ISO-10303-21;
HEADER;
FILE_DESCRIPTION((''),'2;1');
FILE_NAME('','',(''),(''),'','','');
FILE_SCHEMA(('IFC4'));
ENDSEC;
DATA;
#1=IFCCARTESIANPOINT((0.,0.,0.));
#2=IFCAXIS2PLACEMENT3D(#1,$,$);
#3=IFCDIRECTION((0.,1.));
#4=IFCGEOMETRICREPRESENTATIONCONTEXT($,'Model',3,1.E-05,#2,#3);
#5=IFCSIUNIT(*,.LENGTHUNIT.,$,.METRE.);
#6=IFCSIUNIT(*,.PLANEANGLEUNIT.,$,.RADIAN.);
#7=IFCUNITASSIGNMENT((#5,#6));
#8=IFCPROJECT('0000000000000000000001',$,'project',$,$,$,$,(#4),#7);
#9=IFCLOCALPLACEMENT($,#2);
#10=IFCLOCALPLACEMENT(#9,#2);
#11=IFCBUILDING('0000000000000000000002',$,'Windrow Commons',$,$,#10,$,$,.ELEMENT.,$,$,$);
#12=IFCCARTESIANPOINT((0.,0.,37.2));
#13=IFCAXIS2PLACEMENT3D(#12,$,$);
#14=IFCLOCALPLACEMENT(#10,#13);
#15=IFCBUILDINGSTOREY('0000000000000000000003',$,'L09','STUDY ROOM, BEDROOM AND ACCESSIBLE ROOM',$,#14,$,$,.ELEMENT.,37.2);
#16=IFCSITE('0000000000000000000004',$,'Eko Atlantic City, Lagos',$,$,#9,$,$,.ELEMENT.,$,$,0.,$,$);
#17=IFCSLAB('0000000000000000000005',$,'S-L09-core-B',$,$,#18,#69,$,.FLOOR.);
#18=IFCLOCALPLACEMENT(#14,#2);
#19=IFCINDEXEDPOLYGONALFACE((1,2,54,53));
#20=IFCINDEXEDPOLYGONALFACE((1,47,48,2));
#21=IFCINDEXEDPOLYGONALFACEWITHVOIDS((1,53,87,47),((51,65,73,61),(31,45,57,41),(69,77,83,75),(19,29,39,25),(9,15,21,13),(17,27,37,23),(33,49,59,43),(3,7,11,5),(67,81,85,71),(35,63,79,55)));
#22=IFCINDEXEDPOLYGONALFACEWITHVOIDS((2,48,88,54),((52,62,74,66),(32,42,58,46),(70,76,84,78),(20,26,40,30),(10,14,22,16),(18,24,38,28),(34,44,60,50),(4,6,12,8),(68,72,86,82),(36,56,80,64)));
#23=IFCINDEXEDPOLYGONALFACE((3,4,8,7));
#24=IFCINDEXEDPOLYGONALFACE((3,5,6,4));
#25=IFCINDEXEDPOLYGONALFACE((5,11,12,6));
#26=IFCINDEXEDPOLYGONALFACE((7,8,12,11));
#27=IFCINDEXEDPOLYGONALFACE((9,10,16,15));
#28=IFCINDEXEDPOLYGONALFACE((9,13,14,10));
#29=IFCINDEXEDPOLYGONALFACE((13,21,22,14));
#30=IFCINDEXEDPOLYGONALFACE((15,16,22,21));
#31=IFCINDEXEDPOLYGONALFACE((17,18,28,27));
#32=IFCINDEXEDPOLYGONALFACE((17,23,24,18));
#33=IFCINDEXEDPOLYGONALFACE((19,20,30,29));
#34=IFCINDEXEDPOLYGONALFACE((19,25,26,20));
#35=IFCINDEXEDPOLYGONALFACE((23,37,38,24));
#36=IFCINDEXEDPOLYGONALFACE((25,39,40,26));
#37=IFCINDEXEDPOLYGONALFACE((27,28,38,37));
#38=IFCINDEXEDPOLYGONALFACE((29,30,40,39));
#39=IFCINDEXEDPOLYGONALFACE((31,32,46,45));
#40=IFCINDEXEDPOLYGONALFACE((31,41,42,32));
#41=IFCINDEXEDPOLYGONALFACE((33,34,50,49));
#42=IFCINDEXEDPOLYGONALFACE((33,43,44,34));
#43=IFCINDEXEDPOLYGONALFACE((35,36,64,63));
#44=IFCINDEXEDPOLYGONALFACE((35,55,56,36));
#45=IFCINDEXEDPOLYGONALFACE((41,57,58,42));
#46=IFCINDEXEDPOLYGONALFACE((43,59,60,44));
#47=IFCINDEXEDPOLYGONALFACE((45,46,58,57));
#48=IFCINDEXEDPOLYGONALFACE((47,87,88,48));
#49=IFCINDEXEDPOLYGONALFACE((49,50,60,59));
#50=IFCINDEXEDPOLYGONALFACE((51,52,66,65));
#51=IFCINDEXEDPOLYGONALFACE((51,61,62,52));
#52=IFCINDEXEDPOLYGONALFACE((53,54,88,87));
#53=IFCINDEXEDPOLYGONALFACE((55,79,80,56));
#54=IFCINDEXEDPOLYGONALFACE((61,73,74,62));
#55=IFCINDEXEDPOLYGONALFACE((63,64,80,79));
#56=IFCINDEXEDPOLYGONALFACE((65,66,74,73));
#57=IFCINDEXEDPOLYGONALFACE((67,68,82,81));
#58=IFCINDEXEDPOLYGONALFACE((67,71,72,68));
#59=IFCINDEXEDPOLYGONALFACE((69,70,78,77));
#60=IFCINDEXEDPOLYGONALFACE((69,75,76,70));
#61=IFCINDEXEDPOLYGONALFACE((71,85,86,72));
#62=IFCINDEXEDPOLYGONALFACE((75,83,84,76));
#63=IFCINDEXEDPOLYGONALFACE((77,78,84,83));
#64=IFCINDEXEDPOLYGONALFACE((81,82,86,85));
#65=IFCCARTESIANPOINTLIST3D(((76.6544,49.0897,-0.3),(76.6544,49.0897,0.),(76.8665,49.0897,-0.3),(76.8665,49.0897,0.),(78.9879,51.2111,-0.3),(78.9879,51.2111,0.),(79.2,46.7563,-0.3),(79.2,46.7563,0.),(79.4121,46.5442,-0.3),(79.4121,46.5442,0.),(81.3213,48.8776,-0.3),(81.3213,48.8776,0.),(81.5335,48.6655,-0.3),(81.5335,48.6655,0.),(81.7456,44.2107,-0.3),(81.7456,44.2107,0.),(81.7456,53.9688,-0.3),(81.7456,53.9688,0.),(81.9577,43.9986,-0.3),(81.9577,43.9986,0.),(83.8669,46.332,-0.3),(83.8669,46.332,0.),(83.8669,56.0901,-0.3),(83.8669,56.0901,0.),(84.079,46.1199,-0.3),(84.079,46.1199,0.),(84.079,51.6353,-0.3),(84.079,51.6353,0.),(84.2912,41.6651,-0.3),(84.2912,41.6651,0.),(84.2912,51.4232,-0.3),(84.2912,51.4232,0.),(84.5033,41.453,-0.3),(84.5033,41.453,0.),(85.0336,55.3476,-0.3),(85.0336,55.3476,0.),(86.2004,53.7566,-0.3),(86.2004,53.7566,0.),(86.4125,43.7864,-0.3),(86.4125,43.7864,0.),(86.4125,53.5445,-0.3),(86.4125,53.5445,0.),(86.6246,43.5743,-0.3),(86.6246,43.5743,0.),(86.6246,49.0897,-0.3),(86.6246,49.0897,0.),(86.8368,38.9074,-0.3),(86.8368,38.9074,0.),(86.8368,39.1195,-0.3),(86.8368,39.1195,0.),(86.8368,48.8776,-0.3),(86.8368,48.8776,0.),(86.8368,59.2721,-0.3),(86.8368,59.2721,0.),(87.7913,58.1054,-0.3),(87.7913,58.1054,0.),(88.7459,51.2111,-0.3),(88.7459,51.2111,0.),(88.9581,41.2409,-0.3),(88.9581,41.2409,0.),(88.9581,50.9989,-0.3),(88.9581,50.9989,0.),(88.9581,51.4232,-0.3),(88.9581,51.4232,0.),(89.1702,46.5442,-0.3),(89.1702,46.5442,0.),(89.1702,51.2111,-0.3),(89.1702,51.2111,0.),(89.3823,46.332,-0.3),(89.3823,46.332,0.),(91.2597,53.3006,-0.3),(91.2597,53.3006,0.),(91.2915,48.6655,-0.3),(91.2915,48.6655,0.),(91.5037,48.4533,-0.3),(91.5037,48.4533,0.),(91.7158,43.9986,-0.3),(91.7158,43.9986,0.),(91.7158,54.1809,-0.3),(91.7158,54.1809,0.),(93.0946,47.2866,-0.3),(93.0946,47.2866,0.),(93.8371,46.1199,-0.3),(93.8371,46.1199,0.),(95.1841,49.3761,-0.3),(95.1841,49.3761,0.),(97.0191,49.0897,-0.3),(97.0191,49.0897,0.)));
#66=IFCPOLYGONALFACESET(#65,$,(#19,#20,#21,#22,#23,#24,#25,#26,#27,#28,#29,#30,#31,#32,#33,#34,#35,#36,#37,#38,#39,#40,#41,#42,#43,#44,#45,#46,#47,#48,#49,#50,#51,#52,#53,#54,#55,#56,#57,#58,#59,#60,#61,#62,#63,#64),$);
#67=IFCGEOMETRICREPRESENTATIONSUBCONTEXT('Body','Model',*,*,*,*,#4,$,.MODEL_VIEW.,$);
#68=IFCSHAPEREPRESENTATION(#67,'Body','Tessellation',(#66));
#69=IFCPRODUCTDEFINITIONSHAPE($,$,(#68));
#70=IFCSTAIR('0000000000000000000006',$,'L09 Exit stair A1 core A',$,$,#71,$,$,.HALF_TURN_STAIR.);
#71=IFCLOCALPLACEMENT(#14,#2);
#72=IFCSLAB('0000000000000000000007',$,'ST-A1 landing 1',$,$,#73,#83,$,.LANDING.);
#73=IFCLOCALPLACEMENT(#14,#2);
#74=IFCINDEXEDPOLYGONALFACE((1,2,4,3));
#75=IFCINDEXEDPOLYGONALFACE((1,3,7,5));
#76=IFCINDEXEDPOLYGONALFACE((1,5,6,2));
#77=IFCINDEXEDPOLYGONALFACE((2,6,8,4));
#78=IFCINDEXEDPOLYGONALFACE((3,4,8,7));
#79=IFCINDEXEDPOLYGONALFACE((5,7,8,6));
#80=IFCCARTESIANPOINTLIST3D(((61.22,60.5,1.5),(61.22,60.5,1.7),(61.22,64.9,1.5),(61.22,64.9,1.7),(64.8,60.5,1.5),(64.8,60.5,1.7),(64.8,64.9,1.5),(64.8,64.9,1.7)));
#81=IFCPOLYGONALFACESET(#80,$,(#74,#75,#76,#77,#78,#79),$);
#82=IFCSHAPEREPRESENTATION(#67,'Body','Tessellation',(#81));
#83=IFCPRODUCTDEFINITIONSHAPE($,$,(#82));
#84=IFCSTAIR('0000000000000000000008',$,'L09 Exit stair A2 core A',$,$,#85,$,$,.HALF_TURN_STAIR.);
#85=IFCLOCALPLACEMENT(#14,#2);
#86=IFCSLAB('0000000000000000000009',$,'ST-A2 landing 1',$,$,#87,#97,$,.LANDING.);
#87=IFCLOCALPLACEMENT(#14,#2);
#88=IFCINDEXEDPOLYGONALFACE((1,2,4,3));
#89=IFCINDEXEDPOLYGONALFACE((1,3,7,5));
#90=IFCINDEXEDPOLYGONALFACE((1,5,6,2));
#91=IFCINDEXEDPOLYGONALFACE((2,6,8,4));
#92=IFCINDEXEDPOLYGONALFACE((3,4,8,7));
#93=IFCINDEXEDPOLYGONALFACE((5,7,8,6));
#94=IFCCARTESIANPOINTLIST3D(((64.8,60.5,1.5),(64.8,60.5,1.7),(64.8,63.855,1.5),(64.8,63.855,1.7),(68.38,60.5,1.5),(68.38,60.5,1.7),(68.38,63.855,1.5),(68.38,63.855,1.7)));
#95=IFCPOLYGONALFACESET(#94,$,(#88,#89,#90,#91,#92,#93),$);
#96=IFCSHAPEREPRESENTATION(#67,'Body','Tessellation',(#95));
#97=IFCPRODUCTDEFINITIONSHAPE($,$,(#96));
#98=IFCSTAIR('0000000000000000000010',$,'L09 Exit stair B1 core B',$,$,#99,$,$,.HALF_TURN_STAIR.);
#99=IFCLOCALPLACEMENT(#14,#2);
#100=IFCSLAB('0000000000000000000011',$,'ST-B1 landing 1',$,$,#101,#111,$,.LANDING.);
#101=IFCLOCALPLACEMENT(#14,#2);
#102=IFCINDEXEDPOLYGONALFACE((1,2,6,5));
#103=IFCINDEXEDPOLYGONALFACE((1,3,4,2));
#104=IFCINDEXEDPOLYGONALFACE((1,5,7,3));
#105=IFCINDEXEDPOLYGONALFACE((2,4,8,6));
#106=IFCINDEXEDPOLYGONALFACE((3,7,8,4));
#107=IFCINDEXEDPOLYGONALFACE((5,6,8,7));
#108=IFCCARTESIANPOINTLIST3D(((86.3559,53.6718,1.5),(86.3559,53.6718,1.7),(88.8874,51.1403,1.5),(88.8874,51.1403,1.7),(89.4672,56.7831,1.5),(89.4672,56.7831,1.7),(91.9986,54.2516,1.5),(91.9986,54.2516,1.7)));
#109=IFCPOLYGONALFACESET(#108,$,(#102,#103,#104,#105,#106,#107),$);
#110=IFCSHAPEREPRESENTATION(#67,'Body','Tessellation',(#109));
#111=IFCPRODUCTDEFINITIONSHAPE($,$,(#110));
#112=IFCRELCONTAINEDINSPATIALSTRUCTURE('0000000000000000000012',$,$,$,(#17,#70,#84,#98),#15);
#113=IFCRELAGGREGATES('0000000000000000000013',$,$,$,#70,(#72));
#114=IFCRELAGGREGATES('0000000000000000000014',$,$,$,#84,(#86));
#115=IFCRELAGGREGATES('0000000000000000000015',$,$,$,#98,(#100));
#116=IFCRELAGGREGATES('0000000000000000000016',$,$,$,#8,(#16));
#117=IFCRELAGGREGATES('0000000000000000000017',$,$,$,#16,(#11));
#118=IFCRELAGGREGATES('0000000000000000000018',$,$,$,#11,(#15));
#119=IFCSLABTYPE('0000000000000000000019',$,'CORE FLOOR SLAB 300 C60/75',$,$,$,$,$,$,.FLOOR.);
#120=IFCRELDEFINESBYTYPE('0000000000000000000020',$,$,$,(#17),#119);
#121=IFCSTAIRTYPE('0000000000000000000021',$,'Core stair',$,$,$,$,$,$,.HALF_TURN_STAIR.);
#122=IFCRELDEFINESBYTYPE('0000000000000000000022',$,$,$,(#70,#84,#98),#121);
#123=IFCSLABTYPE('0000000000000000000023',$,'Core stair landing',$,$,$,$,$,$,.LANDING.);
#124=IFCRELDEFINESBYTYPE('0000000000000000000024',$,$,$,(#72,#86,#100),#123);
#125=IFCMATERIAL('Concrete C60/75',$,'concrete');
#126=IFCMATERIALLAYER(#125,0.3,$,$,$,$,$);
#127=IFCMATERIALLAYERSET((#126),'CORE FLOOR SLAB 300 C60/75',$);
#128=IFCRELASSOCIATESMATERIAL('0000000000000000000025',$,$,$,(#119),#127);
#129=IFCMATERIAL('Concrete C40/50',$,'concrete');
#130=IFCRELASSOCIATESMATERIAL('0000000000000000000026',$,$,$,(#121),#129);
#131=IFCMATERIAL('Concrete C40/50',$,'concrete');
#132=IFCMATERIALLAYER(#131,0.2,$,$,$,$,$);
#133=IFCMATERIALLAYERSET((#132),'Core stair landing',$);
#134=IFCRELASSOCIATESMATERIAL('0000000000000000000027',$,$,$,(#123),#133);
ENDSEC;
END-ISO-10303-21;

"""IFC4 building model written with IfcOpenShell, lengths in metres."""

from ifc_helpers import new_model, si_unit, direction, frame, origin, place, context, subcontext, project, spatial, polyline, outline, extrude, material, layer, layer_set, type_object, element, aggregate, save


model = new_model("IFC4")

# Units and contexts
model_context = context("Model", 3, precision=1e-05, world=origin(), true_north=direction((0.0, 1.0)))
body_context = subcontext(model_context, "Body", "Model", "MODEL_VIEW")
ifc_project = project(units=[si_unit("LENGTHUNIT", "METRE"), si_unit("PLANEANGLEUNIT", "RADIAN")], contexts=[model_context])

# Site, building, storey
site_placement = place(None, origin())
site = spatial("IfcSite", under=ifc_project, at=site_placement, Name="Eko Atlantic City, Lagos", CompositionType="ELEMENT", RefElevation=0.0)
building_placement = place(site_placement, origin())
building = spatial("IfcBuilding", under=site, at=building_placement, Name="Windrow Commons", CompositionType="ELEMENT")
storey_placement = place(building_placement, frame((0.0, 0.0, 37.2)))
storey = spatial("IfcBuildingStorey", under=building, at=storey_placement, Name="L09", Description="STUDY ROOM, BEDROOM AND ACCESSIBLE ROOM", CompositionType="ELEMENT", Elevation=37.2)

# Slab, openings
ifc_material_1 = material(Name="Concrete C60/75", Category="concrete")
ifc_layer_1 = layer(ifc_material_1, 0.3)
ifc_layer_set_1 = layer_set([ifc_layer_1], Name="CORE FLOOR SLAB 300 C60/75")
slab_type_1 = type_object("IfcSlabType", Name="CORE FLOOR SLAB 300 C60/75", PredefinedType="FLOOR", material=ifc_layer_set_1)
placement_1 = place(storey_placement, frame((0.0, 0.0, -0.3)))
slab_1 = element("IfcSlab", 1, at=placement_1, inside=storey, type_object=slab_type_1, Name="S-L09-core-B", PredefinedType="FLOOR", context=body_context, shape_type="SweptSolid", body=[
    extrude(outline(polyline([(76.6544, 49.0897), (86.8368, 38.9074), (97.0191, 49.0897), (86.8368, 59.2721), (76.6544, 49.0897)]), holes=[polyline([(76.8665, 49.0897), (79.2, 46.7563), (81.3213, 48.8776), (78.9879, 51.2111), (76.8665, 49.0897)]), polyline([(79.4121, 46.5442), (81.7456, 44.2107), (83.8669, 46.332), (81.5335, 48.6655), (79.4121, 46.5442)]), polyline([(81.9577, 43.9986), (84.2912, 41.6651), (86.4125, 43.7864), (84.079, 46.1199), (81.9577, 43.9986)]), polyline([(84.5033, 41.453), (86.8368, 39.1195), (88.9581, 41.2409), (86.6246, 43.5743), (84.5033, 41.453)]), polyline([(81.7456, 53.9688), (84.079, 51.6353), (86.2004, 53.7566), (83.8669, 56.0901), (81.7456, 53.9688)]), polyline([(84.2912, 51.4232), (86.6246, 49.0897), (88.7459, 51.2111), (86.4125, 53.5445), (84.2912, 51.4232)]), polyline([(86.8368, 48.8776), (89.1702, 46.5442), (91.2915, 48.6655), (88.9581, 50.9989), (86.8368, 48.8776)]), polyline([(89.3823, 46.332), (91.7158, 43.9986), (93.8371, 46.1199), (91.5037, 48.4533), (89.3823, 46.332)]), polyline([(85.0336, 55.3476), (88.9581, 51.4232), (91.7158, 54.1809), (87.7913, 58.1054), (85.0336, 55.3476)]), polyline([(89.1702, 51.2111), (93.0946, 47.2866), (95.1841, 49.3761), (91.2597, 53.3006), (89.1702, 51.2111)])]), origin(), (0.0, 0.0, 1.0), 0.3),
])
opening_1_placement = place(placement_1, origin())
element("IfcOpeningElement", 2, at=opening_1_placement, cuts=slab_1, PredefinedType="OPENING", context=body_context, shape_type="SweptSolid", body=[
    extrude(outline(polyline([(76.8736, 49.0897), (78.9879, 51.204), (81.3142, 48.8776), (79.2, 46.7634), (76.8736, 49.0897)])), origin(), (0.0, 0.0, 1.0), 0.3),
])
opening_2_placement = place(placement_1, origin())
element("IfcOpeningElement", 3, at=opening_2_placement, cuts=slab_1, PredefinedType="OPENING", context=body_context, shape_type="SweptSolid", body=[
    extrude(outline(polyline([(79.4192, 46.5442), (81.5335, 48.6584), (83.8598, 46.332), (81.7456, 44.2178), (79.4192, 46.5442)])), origin(), (0.0, 0.0, 1.0), 0.3),
])
opening_3_placement = place(placement_1, origin())
element("IfcOpeningElement", 4, at=opening_3_placement, cuts=slab_1, PredefinedType="OPENING", context=body_context, shape_type="SweptSolid", body=[
    extrude(outline(polyline([(81.9648, 43.9986), (84.079, 46.1128), (86.4054, 43.7864), (84.2912, 41.6722), (81.9648, 43.9986)])), origin(), (0.0, 0.0, 1.0), 0.3),
])
opening_4_placement = place(placement_1, origin())
element("IfcOpeningElement", 5, at=opening_4_placement, cuts=slab_1, PredefinedType="OPENING", context=body_context, shape_type="SweptSolid", body=[
    extrude(outline(polyline([(84.5104, 41.453), (86.6246, 43.5672), (88.951, 41.2409), (86.8368, 39.1266), (84.5104, 41.453)])), origin(), (0.0, 0.0, 1.0), 0.3),
])
opening_5_placement = place(placement_1, origin())
element("IfcOpeningElement", 6, at=opening_5_placement, cuts=slab_1, PredefinedType="OPENING", context=body_context, shape_type="SweptSolid", body=[
    extrude(outline(polyline([(81.7527, 53.9688), (83.8669, 56.083), (86.1933, 53.7566), (84.079, 51.6424), (81.7527, 53.9688)])), origin(), (0.0, 0.0, 1.0), 0.3),
])
opening_6_placement = place(placement_1, origin())
element("IfcOpeningElement", 7, at=opening_6_placement, cuts=slab_1, PredefinedType="OPENING", context=body_context, shape_type="SweptSolid", body=[
    extrude(outline(polyline([(84.2983, 51.4232), (86.4125, 53.5374), (88.7388, 51.2111), (86.6246, 49.0968), (84.2983, 51.4232)])), origin(), (0.0, 0.0, 1.0), 0.3),
])
opening_7_placement = place(placement_1, origin())
element("IfcOpeningElement", 8, at=opening_7_placement, cuts=slab_1, PredefinedType="OPENING", context=body_context, shape_type="SweptSolid", body=[
    extrude(outline(polyline([(86.8439, 48.8776), (88.9581, 50.9918), (91.2844, 48.6655), (89.1702, 46.5513), (86.8439, 48.8776)])), origin(), (0.0, 0.0, 1.0), 0.3),
])
opening_8_placement = place(placement_1, origin())
element("IfcOpeningElement", 9, at=opening_8_placement, cuts=slab_1, PredefinedType="OPENING", context=body_context, shape_type="SweptSolid", body=[
    extrude(outline(polyline([(89.3894, 46.332), (91.5037, 48.4462), (93.83, 46.1199), (91.7158, 44.0057), (89.3894, 46.332)])), origin(), (0.0, 0.0, 1.0), 0.3),
])
opening_9_placement = place(placement_1, origin())
element("IfcOpeningElement", 10, at=opening_9_placement, cuts=slab_1, PredefinedType="OPENING", context=body_context, shape_type="SweptSolid", body=[
    extrude(outline(polyline([(85.0407, 55.3476), (87.7913, 58.0983), (91.7087, 54.1809), (88.9581, 51.4303), (85.0407, 55.3476)])), origin(), (0.0, 0.0, 1.0), 0.3),
])
opening_10_placement = place(placement_1, origin())
element("IfcOpeningElement", 11, at=opening_10_placement, cuts=slab_1, PredefinedType="OPENING", context=body_context, shape_type="SweptSolid", body=[
    extrude(outline(polyline([(89.1773, 51.2111), (91.2597, 53.2935), (95.177, 49.3761), (93.0946, 47.2937), (89.1773, 51.2111)])), origin(), (0.0, 0.0, 1.0), 0.3),
])

# Stairs, slabs
ifc_material_2 = material(Name="Concrete C40/50", Category="concrete")
stair_type = type_object("IfcStairType", Name="Core stair", PredefinedType="HALF_TURN_STAIR", material=ifc_material_2)
placement_2 = place(storey_placement, origin())
stair_1 = element("IfcStair", 12, at=placement_2, inside=storey, type_object=stair_type, Name="L09 Exit stair A1 core A", PredefinedType="HALF_TURN_STAIR")
ifc_material_3 = material(Name="Concrete C40/50", Category="concrete")
ifc_layer_2 = layer(ifc_material_3, 0.2)
ifc_layer_set_2 = layer_set([ifc_layer_2], Name="Core stair landing")
slab_type_2 = type_object("IfcSlabType", Name="Core stair landing", PredefinedType="LANDING", material=ifc_layer_set_2)
placement_3 = place(storey_placement, frame((0.0, 0.0, 1.5)))
slab_2 = element("IfcSlab", 13, at=placement_3, type_object=slab_type_2, Name="ST-A1 landing 1", PredefinedType="LANDING", context=body_context, shape_type="SweptSolid", body=[
    extrude(outline(polyline([(61.22, 60.5), (64.8, 60.5), (64.8, 64.9), (61.22, 64.9), (61.22, 60.5)])), origin(), (0.0, 0.0, 1.0), 0.2),
])
aggregate(stair_1, [slab_2])
stair_2 = element("IfcStair", 14, at=placement_2, inside=storey, type_object=stair_type, Name="L09 Exit stair A2 core A", PredefinedType="HALF_TURN_STAIR")
slab_3 = element("IfcSlab", 15, at=placement_3, type_object=slab_type_2, Name="ST-A2 landing 1", PredefinedType="LANDING", context=body_context, shape_type="SweptSolid", body=[
    extrude(outline(polyline([(64.8, 60.5), (68.38, 60.5), (68.38, 63.855), (64.8, 63.855), (64.8, 60.5)])), origin(), (0.0, 0.0, 1.0), 0.2),
])
aggregate(stair_2, [slab_3])
stair_3 = element("IfcStair", 16, at=placement_2, inside=storey, type_object=stair_type, Name="L09 Exit stair B1 core B", PredefinedType="HALF_TURN_STAIR")
slab_4 = element("IfcSlab", 17, at=placement_3, type_object=slab_type_2, Name="ST-B1 landing 1", PredefinedType="LANDING", context=body_context, shape_type="SweptSolid", body=[
    extrude(outline(polyline([(86.3559, 53.6718), (88.8874, 51.1403), (91.9986, 54.2516), (89.4672, 56.7831), (86.3559, 53.6718)])), origin(), (0.0, 0.0, 1.0), 0.2),
])
aggregate(stair_3, [slab_4])

save(model, "model.ifc")
